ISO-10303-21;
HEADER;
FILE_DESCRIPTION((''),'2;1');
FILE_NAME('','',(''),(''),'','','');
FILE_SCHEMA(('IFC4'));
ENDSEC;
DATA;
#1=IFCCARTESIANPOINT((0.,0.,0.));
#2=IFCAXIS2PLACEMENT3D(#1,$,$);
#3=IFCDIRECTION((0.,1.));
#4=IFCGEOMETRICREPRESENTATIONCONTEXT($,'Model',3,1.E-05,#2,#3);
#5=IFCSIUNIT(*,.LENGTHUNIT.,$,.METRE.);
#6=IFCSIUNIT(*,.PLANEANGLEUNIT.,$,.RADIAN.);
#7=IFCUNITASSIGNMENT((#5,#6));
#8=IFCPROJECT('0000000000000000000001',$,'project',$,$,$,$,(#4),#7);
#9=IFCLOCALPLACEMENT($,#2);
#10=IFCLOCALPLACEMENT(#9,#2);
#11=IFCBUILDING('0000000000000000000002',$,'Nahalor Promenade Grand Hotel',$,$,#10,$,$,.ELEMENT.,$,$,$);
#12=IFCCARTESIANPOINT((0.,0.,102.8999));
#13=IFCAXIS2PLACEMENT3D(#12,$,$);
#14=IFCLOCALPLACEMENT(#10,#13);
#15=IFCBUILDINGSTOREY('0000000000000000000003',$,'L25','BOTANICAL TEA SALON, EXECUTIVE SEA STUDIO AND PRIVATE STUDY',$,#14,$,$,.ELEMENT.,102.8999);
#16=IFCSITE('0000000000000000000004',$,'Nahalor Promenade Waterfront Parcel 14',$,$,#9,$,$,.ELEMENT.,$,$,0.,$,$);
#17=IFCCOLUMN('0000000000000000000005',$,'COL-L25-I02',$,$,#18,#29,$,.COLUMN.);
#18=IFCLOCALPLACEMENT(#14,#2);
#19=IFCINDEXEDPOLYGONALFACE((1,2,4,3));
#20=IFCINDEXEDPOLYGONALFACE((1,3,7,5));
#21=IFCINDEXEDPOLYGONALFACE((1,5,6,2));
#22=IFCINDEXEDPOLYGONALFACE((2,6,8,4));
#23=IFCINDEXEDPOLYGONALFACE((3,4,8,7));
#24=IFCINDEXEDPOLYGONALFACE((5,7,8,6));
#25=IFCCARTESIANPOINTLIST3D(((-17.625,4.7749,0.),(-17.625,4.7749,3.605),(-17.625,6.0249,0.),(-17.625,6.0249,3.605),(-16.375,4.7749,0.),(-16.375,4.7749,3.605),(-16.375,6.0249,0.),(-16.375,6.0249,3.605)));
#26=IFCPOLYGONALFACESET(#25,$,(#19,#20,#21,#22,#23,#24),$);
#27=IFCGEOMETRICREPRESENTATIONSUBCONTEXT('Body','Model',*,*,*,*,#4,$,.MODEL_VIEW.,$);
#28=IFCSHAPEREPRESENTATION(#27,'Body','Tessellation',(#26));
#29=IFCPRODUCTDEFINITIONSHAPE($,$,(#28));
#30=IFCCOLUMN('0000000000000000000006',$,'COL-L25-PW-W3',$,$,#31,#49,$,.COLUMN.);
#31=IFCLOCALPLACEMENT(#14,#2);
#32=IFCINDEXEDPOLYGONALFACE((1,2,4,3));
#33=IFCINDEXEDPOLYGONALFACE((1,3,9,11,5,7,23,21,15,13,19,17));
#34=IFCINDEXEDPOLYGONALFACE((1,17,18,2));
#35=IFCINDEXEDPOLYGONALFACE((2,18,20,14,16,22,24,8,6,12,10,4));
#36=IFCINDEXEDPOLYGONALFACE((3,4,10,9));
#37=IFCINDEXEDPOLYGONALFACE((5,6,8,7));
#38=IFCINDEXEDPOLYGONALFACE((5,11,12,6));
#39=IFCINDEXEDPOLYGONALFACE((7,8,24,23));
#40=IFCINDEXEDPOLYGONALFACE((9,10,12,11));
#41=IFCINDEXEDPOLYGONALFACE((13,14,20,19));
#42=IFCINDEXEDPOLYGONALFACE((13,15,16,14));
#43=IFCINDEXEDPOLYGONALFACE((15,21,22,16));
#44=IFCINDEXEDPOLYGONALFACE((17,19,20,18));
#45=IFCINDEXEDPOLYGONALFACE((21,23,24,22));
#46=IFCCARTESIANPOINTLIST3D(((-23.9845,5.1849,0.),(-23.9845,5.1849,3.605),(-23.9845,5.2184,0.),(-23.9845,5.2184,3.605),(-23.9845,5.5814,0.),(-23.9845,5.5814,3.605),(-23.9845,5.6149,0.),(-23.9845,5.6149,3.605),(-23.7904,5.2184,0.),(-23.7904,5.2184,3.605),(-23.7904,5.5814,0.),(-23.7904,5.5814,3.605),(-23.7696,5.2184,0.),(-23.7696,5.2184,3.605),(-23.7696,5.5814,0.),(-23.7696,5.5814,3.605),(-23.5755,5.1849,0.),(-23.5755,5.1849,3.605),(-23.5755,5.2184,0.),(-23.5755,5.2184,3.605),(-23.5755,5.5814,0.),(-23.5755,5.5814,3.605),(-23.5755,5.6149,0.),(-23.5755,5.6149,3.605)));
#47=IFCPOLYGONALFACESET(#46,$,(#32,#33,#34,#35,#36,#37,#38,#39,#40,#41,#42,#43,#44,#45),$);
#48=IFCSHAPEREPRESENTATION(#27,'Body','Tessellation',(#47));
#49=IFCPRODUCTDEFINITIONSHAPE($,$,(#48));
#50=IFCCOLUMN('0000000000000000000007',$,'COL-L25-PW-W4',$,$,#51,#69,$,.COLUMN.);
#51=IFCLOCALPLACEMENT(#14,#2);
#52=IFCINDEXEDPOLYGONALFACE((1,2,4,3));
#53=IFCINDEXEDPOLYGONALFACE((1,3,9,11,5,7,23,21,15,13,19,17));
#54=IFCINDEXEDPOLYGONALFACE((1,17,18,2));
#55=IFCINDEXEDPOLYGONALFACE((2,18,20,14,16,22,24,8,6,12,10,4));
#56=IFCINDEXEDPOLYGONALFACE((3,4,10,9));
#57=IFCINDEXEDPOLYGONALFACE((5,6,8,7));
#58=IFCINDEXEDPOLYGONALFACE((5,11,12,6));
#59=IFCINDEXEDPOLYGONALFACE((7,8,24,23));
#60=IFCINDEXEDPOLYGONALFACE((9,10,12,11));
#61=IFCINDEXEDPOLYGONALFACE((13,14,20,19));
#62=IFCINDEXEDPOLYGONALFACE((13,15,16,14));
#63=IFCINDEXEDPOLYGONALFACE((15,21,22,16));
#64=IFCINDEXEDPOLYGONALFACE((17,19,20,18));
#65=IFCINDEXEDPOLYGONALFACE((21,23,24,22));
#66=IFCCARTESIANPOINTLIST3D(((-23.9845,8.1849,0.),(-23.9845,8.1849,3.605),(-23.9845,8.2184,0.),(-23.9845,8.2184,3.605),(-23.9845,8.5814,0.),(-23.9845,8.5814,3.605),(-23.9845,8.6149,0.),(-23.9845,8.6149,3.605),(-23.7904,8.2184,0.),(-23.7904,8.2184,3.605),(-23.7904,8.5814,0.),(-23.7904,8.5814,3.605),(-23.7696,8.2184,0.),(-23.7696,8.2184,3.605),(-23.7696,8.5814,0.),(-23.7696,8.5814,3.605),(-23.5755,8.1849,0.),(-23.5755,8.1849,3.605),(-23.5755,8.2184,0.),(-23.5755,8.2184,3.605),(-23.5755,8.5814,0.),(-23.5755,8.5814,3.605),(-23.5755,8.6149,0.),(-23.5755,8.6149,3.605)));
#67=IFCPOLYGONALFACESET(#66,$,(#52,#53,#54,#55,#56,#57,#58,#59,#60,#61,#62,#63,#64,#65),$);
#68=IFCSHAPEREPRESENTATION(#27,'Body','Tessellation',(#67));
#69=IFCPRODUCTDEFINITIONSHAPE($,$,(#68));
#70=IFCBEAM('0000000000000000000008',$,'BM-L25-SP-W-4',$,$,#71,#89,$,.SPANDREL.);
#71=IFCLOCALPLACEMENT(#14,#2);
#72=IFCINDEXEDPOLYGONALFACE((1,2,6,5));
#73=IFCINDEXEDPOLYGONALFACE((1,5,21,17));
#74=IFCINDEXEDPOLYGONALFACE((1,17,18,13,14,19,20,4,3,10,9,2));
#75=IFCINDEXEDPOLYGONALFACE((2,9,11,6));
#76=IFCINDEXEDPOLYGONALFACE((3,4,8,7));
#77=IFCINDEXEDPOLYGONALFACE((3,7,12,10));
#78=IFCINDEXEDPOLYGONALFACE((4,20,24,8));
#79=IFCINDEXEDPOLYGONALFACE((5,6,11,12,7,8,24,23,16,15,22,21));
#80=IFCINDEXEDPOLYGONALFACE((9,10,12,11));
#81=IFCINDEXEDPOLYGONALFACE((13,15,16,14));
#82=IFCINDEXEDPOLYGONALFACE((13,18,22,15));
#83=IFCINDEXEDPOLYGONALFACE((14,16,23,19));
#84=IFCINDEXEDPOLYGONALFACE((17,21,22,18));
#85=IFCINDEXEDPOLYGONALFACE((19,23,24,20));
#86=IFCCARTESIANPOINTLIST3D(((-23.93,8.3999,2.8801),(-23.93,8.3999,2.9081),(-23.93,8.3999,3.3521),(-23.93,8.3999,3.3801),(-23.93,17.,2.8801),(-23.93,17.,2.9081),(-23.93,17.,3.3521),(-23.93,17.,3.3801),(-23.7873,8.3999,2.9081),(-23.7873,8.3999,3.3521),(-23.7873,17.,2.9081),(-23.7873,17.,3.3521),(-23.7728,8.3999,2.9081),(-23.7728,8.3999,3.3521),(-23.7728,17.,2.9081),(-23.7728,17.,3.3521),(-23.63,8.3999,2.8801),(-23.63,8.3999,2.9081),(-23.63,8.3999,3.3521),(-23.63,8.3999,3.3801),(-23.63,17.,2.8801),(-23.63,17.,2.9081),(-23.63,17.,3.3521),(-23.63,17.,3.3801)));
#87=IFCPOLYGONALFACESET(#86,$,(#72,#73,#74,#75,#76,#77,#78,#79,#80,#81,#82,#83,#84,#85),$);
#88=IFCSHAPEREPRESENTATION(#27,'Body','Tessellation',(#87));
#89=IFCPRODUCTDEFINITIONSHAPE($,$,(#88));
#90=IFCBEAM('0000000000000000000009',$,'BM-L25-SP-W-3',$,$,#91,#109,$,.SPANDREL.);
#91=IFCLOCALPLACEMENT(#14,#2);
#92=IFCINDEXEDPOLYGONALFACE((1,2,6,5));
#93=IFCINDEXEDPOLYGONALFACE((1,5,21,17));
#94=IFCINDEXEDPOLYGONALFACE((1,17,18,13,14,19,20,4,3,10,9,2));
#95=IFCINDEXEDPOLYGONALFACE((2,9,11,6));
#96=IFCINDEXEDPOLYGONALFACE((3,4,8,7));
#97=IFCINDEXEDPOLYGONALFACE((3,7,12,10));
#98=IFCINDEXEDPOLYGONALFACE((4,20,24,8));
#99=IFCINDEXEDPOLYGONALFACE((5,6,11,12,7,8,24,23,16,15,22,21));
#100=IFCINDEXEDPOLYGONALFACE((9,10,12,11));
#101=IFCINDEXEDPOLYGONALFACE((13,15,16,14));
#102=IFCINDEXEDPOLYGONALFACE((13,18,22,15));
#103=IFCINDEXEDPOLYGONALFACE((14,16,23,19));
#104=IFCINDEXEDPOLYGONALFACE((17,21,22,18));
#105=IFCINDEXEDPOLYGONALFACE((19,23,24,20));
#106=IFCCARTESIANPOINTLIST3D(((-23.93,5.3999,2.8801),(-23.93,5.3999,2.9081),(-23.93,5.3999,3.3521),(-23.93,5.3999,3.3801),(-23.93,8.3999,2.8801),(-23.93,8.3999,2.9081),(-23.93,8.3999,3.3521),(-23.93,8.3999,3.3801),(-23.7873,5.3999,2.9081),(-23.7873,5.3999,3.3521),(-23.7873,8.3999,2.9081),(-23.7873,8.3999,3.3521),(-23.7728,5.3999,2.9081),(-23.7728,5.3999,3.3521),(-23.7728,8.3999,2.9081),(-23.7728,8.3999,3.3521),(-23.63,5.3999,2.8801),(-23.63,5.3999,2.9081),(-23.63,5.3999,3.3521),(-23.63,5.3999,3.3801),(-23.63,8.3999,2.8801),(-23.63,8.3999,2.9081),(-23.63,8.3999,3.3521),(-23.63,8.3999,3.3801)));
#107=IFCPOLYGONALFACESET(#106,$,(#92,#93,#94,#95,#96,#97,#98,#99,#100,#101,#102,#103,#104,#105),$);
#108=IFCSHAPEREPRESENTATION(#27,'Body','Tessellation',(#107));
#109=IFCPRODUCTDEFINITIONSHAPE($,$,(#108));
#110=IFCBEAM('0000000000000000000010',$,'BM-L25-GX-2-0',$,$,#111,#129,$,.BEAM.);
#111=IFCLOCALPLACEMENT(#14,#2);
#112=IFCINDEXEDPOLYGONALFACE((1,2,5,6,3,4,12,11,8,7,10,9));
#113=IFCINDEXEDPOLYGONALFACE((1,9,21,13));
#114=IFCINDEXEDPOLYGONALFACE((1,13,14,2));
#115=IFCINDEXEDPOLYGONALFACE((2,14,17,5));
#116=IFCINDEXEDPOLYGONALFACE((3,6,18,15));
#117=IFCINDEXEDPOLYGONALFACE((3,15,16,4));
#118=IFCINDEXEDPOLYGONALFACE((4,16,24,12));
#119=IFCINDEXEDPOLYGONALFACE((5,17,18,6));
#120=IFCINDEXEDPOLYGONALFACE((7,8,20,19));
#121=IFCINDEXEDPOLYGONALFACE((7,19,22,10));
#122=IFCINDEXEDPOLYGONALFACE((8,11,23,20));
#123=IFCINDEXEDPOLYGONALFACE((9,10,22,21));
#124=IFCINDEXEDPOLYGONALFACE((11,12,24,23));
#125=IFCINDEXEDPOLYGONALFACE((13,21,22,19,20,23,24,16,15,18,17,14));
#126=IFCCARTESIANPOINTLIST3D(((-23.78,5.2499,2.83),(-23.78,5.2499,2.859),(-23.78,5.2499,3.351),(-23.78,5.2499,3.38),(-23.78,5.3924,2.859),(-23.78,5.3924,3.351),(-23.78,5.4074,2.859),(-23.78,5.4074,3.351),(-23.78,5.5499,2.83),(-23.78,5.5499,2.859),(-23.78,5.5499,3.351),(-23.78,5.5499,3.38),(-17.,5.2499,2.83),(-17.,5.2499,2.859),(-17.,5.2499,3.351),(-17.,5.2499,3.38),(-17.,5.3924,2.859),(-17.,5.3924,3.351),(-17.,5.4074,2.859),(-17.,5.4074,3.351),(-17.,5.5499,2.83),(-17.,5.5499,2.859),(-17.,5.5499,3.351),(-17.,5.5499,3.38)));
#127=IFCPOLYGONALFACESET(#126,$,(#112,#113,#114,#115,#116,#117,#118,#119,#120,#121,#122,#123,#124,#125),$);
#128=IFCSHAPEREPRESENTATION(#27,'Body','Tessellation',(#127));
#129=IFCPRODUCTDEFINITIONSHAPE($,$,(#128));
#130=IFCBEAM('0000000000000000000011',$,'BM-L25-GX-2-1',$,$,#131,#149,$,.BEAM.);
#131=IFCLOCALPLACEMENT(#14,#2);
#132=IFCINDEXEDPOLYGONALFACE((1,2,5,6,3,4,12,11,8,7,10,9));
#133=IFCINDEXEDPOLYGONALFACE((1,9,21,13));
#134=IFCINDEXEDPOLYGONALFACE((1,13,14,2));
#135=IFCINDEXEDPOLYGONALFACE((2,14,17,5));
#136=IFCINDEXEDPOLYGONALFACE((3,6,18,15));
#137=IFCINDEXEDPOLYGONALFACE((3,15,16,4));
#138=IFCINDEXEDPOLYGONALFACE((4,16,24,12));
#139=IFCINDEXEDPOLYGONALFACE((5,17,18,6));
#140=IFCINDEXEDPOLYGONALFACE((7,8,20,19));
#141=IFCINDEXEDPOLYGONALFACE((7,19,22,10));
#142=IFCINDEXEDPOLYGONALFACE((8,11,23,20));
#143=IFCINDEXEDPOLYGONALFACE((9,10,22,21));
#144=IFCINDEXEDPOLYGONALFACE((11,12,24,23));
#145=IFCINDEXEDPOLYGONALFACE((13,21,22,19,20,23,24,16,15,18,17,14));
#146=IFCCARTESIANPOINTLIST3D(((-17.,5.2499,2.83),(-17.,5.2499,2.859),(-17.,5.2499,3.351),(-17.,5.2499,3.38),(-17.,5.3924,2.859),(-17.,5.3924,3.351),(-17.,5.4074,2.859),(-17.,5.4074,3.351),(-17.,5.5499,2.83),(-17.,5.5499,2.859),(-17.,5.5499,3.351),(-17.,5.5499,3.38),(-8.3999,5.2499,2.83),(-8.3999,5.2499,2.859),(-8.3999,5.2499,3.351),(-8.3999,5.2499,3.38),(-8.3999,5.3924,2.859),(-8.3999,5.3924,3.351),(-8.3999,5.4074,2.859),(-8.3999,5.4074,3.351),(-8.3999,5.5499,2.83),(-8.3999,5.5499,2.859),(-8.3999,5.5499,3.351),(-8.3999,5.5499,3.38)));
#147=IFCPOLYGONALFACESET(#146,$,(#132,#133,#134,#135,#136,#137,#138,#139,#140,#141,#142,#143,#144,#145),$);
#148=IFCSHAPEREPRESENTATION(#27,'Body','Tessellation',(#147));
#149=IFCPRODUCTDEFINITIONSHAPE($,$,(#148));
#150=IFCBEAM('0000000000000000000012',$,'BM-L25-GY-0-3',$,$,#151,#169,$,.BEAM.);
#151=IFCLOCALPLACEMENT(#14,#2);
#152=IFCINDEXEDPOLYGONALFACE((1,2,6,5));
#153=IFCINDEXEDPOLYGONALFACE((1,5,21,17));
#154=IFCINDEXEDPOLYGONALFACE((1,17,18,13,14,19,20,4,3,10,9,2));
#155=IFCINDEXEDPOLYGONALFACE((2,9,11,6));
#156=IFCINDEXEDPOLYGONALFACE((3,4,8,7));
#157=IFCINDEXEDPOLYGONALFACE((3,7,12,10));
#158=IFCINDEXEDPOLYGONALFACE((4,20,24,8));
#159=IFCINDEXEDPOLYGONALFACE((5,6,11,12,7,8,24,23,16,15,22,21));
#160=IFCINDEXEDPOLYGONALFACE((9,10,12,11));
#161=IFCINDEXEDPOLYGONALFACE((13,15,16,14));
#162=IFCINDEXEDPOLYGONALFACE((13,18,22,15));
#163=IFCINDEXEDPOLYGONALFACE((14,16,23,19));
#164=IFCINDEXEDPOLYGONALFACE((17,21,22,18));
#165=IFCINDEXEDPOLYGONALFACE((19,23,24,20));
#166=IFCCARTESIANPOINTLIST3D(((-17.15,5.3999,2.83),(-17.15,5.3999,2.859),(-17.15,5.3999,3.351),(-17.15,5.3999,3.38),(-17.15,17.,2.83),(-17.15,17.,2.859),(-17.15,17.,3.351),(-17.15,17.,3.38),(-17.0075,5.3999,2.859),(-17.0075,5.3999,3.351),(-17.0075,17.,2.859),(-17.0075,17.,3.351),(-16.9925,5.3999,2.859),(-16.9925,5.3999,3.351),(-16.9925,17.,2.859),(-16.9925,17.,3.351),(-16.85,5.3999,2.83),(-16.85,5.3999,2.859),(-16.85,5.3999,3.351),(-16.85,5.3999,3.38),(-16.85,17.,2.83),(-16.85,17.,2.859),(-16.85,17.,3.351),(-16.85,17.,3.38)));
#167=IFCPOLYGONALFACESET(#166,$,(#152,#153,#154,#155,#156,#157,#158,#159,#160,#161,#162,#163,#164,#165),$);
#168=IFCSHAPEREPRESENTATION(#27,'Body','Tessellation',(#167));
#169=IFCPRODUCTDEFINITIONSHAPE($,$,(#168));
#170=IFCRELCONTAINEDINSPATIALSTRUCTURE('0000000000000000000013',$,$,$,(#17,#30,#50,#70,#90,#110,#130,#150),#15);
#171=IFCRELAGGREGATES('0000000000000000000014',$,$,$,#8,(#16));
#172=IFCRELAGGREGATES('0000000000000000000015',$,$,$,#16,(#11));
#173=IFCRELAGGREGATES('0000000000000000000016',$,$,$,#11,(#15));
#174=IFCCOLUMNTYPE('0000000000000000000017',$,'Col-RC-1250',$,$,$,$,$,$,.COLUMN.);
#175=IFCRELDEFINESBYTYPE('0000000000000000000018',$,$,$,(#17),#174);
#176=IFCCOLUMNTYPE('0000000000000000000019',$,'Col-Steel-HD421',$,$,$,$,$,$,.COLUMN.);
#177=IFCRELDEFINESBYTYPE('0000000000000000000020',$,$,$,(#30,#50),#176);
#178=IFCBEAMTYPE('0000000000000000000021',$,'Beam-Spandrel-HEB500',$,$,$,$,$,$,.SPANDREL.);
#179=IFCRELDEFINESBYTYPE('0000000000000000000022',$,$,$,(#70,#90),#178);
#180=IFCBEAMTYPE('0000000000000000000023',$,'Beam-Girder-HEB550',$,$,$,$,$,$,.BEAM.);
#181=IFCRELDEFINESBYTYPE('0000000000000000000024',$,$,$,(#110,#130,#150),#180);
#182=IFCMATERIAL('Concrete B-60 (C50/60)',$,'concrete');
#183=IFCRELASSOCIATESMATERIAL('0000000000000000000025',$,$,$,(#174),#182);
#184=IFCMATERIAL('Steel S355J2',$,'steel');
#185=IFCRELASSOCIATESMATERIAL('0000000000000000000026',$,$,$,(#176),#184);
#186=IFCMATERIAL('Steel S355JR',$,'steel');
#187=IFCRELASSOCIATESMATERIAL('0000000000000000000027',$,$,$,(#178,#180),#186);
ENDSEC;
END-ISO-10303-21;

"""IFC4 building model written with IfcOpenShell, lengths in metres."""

from ifc_helpers import new_model, si_unit, direction, frame, origin, origin_2d, place, context, subcontext, project, spatial, rectangle, i_section, extrude, source, transform, mapped, material, material_profile, profile_set, type_object, element, save


model = new_model("IFC4")

# Units and contexts
model_context = context("Model", 3, precision=1e-05, world=origin(), true_north=direction((0.0, 1.0)))
body_context = subcontext(model_context, "Body", "Model", "MODEL_VIEW")
ifc_project = project(units=[si_unit("LENGTHUNIT", "METRE"), si_unit("PLANEANGLEUNIT", "RADIAN")], contexts=[model_context])

# Site, building, storey
site_placement = place(None, origin())
site = spatial("IfcSite", under=ifc_project, at=site_placement, Name="Nahalor Promenade Waterfront Parcel 14", CompositionType="ELEMENT", RefElevation=0.0)
building_placement = place(site_placement, origin())
building = spatial("IfcBuilding", under=site, at=building_placement, Name="Nahalor Promenade Grand Hotel", CompositionType="ELEMENT")
storey_placement = place(building_placement, frame((0.0, 0.0, 102.8999)))
storey = spatial("IfcBuildingStorey", under=building, at=storey_placement, Name="L25", Description="BOTANICAL TEA SALON, EXECUTIVE SEA STUDIO AND PRIVATE STUDY", CompositionType="ELEMENT", Elevation=102.8999)

# Columns
ifc_material_1 = material(Name="Concrete B-60 (C50/60)", Category="concrete")
ifc_material_profile_1 = material_profile(ifc_material_1, rectangle(XDim=1.25, YDim=1.25, at=origin_2d()), Name="RC 1250x1250")
ifc_profile_set_1 = profile_set([ifc_material_profile_1], Name="Concrete B-60 (C50/60)")
column_type_1 = type_object("IfcColumnType", Name="Col-RC-1250", PredefinedType="COLUMN", material=ifc_profile_set_1)
shared_shape_1 = source(origin(), body_context, "Body", "SweptSolid", [
    extrude(rectangle(XDim=1.25, YDim=1.25, at=origin_2d()), origin(), (0.0, 0.0, 1.0), 3.605),
])
column_placement = place(storey_placement, frame((-17.0, 5.3999, 0.0), z_axis=(0.0, 0.0, 1.0), x_axis=(1.0, 0.0, 0.0)))
element("IfcColumn", 1, at=column_placement, inside=storey, type_object=column_type_1, Name="COL-L25-I02", PredefinedType="COLUMN", context=body_context, shape_type="MappedRepresentation", body=[
    mapped(shared_shape_1, transform((0.0, 0.0, 0.0), scale=1.0)),
])
ifc_material_2 = material(Name="Steel S355J2", Category="steel")
ifc_material_profile_2 = material_profile(ifc_material_2, i_section(OverallWidth=0.409, OverallDepth=0.43, WebThickness=0.0208, FlangeThickness=0.0335, at=origin_2d()), Name="HD 400x421")
ifc_profile_set_2 = profile_set([ifc_material_profile_2], Name="Steel S355J2")
column_type_2 = type_object("IfcColumnType", Name="Col-Steel-HD421", PredefinedType="COLUMN", material=ifc_profile_set_2)
shared_shape_2 = source(origin(), body_context, "Body", "SweptSolid", [
    extrude(i_section(OverallWidth=0.409, OverallDepth=0.43, WebThickness=0.0208, FlangeThickness=0.0335, at=origin_2d()), origin(), (0.0, 0.0, 1.0), 3.605),
])
for number, where, z_axis, x_axis, name in (
    (2, (-23.78, 5.3999, 0.0), (0.0, 0.0, 1.0), (1.0, 0.0, 0.0), "COL-L25-PW-W3"),
    (3, (-23.78, 8.3999, 0.0), (0.0, 0.0, 1.0), (1.0, 0.0, 0.0), "COL-L25-PW-W4"),
):
    element("IfcColumn", number, at=place(storey_placement, frame(where, z_axis=z_axis, x_axis=x_axis)), inside=storey, type_object=column_type_2, Name=name, PredefinedType="COLUMN", context=body_context, shape_type="MappedRepresentation", body=[
        mapped(shared_shape_2, transform((0.0, 0.0, 0.0), scale=1.0)),
    ])

# Beams
ifc_material_3 = material(Name="Steel S355JR", Category="steel")
ifc_material_profile_3 = material_profile(ifc_material_3, i_section(OverallWidth=0.3, OverallDepth=0.5, WebThickness=0.0145, FlangeThickness=0.028, at=origin_2d()), Name="HEB 500")
ifc_profile_set_3 = profile_set([ifc_material_profile_3], Name="Steel S355JR")
beam_type_1 = type_object("IfcBeamType", Name="Beam-Spandrel-HEB500", PredefinedType="SPANDREL", material=ifc_profile_set_3)
shared_shape_3 = source(origin(), body_context, "Body", "SweptSolid", [
    extrude(i_section(OverallWidth=0.3, OverallDepth=0.5, WebThickness=0.0145, FlangeThickness=0.028, at=origin_2d()), origin(), (0.0, 0.0, 1.0), 8.6001),
])
beam_1_placement = place(storey_placement, frame((-23.78, 8.3999, 3.1301), z_axis=(0.0, 1.0, 0.0), x_axis=(-1.0, 0.0, 0.0)))
element("IfcBeam", 4, at=beam_1_placement, inside=storey, type_object=beam_type_1, Name="BM-L25-SP-W-4", PredefinedType="SPANDREL", context=body_context, shape_type="MappedRepresentation", body=[
    mapped(shared_shape_3, transform((0.0, 0.0, 0.0), scale=1.0)),
])
shared_shape_4 = source(origin(), body_context, "Body", "SweptSolid", [
    extrude(i_section(OverallWidth=0.3, OverallDepth=0.5, WebThickness=0.0145, FlangeThickness=0.028, at=origin_2d()), origin(), (0.0, 0.0, 1.0), 3.0),
])
beam_2_placement = place(storey_placement, frame((-23.78, 5.3999, 3.1301), z_axis=(0.0, 1.0, 0.0), x_axis=(-1.0, 0.0, 0.0)))
element("IfcBeam", 5, at=beam_2_placement, inside=storey, type_object=beam_type_1, Name="BM-L25-SP-W-3", PredefinedType="SPANDREL", context=body_context, shape_type="MappedRepresentation", body=[
    mapped(shared_shape_4, transform((0.0, 0.0, 0.0), scale=1.0)),
])
ifc_material_profile_4 = material_profile(ifc_material_3, i_section(OverallWidth=0.3, OverallDepth=0.55, WebThickness=0.015, FlangeThickness=0.029, at=origin_2d()), Name="HEB 550")
ifc_profile_set_4 = profile_set([ifc_material_profile_4], Name="Steel S355JR")
beam_type_2 = type_object("IfcBeamType", Name="Beam-Girder-HEB550", PredefinedType="BEAM", material=ifc_profile_set_4)
shared_shape_5 = source(origin(), body_context, "Body", "SweptSolid", [
    extrude(i_section(OverallWidth=0.3, OverallDepth=0.55, WebThickness=0.015, FlangeThickness=0.029, at=origin_2d()), origin(), (0.0, 0.0, 1.0), 6.78),
])
beam_3_placement = place(storey_placement, frame((-23.78, 5.3999, 3.105), z_axis=(1.0, 0.0, 0.0), x_axis=(0.0, 1.0, 0.0)))
element("IfcBeam", 6, at=beam_3_placement, inside=storey, type_object=beam_type_2, Name="BM-L25-GX-2-0", PredefinedType="BEAM", context=body_context, shape_type="MappedRepresentation", body=[
    mapped(shared_shape_5, transform((0.0, 0.0, 0.0), scale=1.0)),
])
shared_shape_6 = source(origin(), body_context, "Body", "SweptSolid", [
    extrude(i_section(OverallWidth=0.3, OverallDepth=0.55, WebThickness=0.015, FlangeThickness=0.029, at=origin_2d()), origin(), (0.0, 0.0, 1.0), 8.6001),
])
beam_4_placement = place(storey_placement, frame((-17.0, 5.3999, 3.105), z_axis=(1.0, 0.0, 0.0), x_axis=(0.0, 1.0, 0.0)))
element("IfcBeam", 7, at=beam_4_placement, inside=storey, type_object=beam_type_2, Name="BM-L25-GX-2-1", PredefinedType="BEAM", context=body_context, shape_type="MappedRepresentation", body=[
    mapped(shared_shape_6, transform((0.0, 0.0, 0.0), scale=1.0)),
])
shared_shape_7 = source(origin(), body_context, "Body", "SweptSolid", [
    extrude(i_section(OverallWidth=0.3, OverallDepth=0.55, WebThickness=0.015, FlangeThickness=0.029, at=origin_2d()), origin(), (0.0, 0.0, 1.0), 11.6001),
])
beam_5_placement = place(storey_placement, frame((-17.0, 5.3999, 3.105), z_axis=(0.0, 1.0, 0.0), x_axis=(-1.0, 0.0, 0.0)))
element("IfcBeam", 8, at=beam_5_placement, inside=storey, type_object=beam_type_2, Name="BM-L25-GY-0-3", PredefinedType="BEAM", context=body_context, shape_type="MappedRepresentation", body=[
    mapped(shared_shape_7, transform((0.0, 0.0, 0.0), scale=1.0)),
])

save(model, "model.ifc")
